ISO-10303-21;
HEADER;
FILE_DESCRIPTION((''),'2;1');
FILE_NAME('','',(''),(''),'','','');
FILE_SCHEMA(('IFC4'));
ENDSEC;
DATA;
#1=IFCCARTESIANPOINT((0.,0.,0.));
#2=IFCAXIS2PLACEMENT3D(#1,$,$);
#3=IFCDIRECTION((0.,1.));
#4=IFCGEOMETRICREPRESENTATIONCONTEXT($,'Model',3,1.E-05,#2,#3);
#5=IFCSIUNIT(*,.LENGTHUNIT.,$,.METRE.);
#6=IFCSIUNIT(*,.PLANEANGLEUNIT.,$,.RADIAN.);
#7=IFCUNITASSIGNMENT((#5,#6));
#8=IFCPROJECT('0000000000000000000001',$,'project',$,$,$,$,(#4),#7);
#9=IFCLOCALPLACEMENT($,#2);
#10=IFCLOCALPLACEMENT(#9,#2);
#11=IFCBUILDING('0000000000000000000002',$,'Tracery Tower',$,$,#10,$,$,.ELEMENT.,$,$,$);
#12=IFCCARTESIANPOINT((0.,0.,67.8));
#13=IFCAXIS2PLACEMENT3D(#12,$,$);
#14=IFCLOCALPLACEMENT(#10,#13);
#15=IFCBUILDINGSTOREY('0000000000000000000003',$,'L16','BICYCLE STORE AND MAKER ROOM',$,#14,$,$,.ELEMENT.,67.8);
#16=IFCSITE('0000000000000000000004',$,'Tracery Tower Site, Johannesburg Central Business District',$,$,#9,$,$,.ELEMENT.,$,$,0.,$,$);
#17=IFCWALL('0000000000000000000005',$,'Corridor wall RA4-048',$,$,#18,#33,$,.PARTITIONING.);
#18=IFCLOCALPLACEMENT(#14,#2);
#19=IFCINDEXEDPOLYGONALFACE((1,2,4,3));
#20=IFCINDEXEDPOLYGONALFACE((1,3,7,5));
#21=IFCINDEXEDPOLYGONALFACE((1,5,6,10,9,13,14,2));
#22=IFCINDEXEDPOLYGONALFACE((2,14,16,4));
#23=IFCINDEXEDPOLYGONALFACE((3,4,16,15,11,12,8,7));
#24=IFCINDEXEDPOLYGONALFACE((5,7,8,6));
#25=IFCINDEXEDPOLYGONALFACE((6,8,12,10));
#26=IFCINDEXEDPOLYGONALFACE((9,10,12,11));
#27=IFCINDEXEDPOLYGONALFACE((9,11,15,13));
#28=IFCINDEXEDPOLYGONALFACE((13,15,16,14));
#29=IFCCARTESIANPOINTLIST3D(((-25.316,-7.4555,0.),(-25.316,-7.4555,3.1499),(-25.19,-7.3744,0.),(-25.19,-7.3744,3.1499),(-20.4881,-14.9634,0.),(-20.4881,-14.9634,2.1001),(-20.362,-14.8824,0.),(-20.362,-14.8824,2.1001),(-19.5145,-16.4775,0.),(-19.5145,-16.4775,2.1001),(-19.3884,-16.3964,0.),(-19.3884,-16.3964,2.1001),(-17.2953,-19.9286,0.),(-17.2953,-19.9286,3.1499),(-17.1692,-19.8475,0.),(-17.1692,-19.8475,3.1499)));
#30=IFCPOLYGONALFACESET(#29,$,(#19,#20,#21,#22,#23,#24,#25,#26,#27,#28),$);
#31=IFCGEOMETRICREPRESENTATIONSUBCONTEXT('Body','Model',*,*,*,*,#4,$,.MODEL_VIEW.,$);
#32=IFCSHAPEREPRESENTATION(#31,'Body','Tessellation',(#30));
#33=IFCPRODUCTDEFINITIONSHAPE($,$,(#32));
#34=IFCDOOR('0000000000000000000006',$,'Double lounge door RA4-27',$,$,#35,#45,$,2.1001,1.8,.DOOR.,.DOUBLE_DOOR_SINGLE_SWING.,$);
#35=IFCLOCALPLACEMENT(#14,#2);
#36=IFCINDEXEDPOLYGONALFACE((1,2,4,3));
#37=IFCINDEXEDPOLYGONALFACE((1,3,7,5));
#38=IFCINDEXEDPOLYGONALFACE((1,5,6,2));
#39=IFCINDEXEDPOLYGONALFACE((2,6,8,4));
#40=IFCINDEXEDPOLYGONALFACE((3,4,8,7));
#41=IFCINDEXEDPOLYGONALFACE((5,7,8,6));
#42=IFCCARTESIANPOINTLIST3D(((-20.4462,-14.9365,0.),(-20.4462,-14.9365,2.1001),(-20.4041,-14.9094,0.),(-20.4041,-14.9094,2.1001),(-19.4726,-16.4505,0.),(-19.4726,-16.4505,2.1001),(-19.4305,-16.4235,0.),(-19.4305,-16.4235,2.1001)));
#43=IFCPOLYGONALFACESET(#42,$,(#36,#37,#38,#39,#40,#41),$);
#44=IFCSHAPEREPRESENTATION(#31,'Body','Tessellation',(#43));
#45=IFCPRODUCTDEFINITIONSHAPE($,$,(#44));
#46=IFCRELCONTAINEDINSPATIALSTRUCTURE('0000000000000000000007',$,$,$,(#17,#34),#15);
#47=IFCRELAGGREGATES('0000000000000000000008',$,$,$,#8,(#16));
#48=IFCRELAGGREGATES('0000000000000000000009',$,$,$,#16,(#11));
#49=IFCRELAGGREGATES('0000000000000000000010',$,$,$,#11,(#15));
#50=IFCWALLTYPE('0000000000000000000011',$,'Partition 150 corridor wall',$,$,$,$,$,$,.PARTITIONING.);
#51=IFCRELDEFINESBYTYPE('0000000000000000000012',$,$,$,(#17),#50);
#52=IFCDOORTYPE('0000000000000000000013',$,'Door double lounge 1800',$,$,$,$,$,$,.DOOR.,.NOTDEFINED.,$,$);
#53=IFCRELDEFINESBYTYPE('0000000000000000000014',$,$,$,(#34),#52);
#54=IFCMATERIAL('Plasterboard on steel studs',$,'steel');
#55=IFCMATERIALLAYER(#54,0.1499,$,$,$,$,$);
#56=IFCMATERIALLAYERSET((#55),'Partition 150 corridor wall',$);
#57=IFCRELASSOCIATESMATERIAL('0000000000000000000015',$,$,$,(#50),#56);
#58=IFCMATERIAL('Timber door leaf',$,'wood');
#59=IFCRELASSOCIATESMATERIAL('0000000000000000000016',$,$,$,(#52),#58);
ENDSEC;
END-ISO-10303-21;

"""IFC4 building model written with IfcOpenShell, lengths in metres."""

from ifc_helpers import new_model, si_unit, direction, frame, frame_2d, origin, place, context, subcontext, project, spatial, rectangle, extrude, material, layer, layer_set, type_object, element, fill, save


model = new_model("IFC4")

# Units and contexts
model_context = context("Model", 3, precision=1e-05, world=origin(), true_north=direction((0.0, 1.0)))
body_context = subcontext(model_context, "Body", "Model", "MODEL_VIEW")
ifc_project = project(units=[si_unit("LENGTHUNIT", "METRE"), si_unit("PLANEANGLEUNIT", "RADIAN")], contexts=[model_context])

# Site, building, storey
site_placement = place(None, origin())
site = spatial("IfcSite", under=ifc_project, at=site_placement, Name="Tracery Tower Site, Johannesburg Central Business District", CompositionType="ELEMENT", RefElevation=0.0)
building_placement = place(site_placement, origin())
building = spatial("IfcBuilding", under=site, at=building_placement, Name="Tracery Tower", CompositionType="ELEMENT")
storey_placement = place(building_placement, frame((0.0, 0.0, 67.8)))
storey = spatial("IfcBuildingStorey", under=building, at=storey_placement, Name="L16", Description="BICYCLE STORE AND MAKER ROOM", CompositionType="ELEMENT", Elevation=67.8)

# Shared definitions
ifc_material_1 = material(Name="Plasterboard on steel studs", Category="steel")
ifc_layer = layer(ifc_material_1, 0.1499)
ifc_layer_set = layer_set([ifc_layer], Name="Partition 150 corridor wall")
wall_type = type_object("IfcWallType", Name="Partition 150 corridor wall", PredefinedType="PARTITIONING", material=ifc_layer_set)

# Wall, opening, door
wall_1_placement = place(storey_placement, frame((-25.2529, -7.415, 0.0), z_axis=(0.0, 0.0, 1.0), x_axis=(0.540867, -0.841108, 0.0)))
wall_1 = element("IfcWall", 1, at=wall_1_placement, inside=storey, type_object=wall_type, Name="Corridor wall RA4-048", PredefinedType="PARTITIONING", context=body_context, shape_type="SweptSolid", body=[
    extrude(rectangle(XDim=14.8293, YDim=0.1499, at=frame_2d((7.4146, 0.0))), origin(), (0.0, 0.0, 1.0), 3.1499),
])
opening_1_placement = place(wall_1_placement, frame((8.9263, 0.0, 0.0)))
opening_1 = element("IfcOpeningElement", 2, at=opening_1_placement, cuts=wall_1, PredefinedType="OPENING", context=body_context, shape_type="SweptSolid", body=[
    extrude(rectangle(XDim=1.8, YDim=2.1001, at=frame_2d((0.8999, 1.05))), frame((0.0, 0.075, 0.0), z_axis=(0.0, -1.0, 0.0), x_axis=(1.0, 0.0, 0.0)), (0.0, 0.0, 1.0), 0.1499),
])
ifc_material_2 = material(Name="Timber door leaf", Category="wood")
door_type_1 = type_object("IfcDoorType", Name="Door double lounge 1800", OperationType="NOTDEFINED", PredefinedType="DOOR", material=ifc_material_2)
door_1_placement = place(opening_1_placement, origin())
door_1 = element("IfcDoor", 3, at=door_1_placement, inside=storey, type_object=door_type_1, Name="Double lounge door RA4-27", OperationType="DOUBLE_DOOR_SINGLE_SWING", OverallHeight=2.1001, OverallWidth=1.8, PredefinedType="DOOR", context=body_context, shape_type="SweptSolid", body=[
    extrude(rectangle(XDim=1.8, YDim=2.1001, at=frame_2d((0.8999, 1.05))), frame((0.0, 0.0249, 0.0), z_axis=(0.0, -1.0, 0.0), x_axis=(1.0, 0.0, 0.0)), (0.0, 0.0, 1.0), 0.05),
])
fill(opening_1, door_1)

save(model, "model.ifc")
